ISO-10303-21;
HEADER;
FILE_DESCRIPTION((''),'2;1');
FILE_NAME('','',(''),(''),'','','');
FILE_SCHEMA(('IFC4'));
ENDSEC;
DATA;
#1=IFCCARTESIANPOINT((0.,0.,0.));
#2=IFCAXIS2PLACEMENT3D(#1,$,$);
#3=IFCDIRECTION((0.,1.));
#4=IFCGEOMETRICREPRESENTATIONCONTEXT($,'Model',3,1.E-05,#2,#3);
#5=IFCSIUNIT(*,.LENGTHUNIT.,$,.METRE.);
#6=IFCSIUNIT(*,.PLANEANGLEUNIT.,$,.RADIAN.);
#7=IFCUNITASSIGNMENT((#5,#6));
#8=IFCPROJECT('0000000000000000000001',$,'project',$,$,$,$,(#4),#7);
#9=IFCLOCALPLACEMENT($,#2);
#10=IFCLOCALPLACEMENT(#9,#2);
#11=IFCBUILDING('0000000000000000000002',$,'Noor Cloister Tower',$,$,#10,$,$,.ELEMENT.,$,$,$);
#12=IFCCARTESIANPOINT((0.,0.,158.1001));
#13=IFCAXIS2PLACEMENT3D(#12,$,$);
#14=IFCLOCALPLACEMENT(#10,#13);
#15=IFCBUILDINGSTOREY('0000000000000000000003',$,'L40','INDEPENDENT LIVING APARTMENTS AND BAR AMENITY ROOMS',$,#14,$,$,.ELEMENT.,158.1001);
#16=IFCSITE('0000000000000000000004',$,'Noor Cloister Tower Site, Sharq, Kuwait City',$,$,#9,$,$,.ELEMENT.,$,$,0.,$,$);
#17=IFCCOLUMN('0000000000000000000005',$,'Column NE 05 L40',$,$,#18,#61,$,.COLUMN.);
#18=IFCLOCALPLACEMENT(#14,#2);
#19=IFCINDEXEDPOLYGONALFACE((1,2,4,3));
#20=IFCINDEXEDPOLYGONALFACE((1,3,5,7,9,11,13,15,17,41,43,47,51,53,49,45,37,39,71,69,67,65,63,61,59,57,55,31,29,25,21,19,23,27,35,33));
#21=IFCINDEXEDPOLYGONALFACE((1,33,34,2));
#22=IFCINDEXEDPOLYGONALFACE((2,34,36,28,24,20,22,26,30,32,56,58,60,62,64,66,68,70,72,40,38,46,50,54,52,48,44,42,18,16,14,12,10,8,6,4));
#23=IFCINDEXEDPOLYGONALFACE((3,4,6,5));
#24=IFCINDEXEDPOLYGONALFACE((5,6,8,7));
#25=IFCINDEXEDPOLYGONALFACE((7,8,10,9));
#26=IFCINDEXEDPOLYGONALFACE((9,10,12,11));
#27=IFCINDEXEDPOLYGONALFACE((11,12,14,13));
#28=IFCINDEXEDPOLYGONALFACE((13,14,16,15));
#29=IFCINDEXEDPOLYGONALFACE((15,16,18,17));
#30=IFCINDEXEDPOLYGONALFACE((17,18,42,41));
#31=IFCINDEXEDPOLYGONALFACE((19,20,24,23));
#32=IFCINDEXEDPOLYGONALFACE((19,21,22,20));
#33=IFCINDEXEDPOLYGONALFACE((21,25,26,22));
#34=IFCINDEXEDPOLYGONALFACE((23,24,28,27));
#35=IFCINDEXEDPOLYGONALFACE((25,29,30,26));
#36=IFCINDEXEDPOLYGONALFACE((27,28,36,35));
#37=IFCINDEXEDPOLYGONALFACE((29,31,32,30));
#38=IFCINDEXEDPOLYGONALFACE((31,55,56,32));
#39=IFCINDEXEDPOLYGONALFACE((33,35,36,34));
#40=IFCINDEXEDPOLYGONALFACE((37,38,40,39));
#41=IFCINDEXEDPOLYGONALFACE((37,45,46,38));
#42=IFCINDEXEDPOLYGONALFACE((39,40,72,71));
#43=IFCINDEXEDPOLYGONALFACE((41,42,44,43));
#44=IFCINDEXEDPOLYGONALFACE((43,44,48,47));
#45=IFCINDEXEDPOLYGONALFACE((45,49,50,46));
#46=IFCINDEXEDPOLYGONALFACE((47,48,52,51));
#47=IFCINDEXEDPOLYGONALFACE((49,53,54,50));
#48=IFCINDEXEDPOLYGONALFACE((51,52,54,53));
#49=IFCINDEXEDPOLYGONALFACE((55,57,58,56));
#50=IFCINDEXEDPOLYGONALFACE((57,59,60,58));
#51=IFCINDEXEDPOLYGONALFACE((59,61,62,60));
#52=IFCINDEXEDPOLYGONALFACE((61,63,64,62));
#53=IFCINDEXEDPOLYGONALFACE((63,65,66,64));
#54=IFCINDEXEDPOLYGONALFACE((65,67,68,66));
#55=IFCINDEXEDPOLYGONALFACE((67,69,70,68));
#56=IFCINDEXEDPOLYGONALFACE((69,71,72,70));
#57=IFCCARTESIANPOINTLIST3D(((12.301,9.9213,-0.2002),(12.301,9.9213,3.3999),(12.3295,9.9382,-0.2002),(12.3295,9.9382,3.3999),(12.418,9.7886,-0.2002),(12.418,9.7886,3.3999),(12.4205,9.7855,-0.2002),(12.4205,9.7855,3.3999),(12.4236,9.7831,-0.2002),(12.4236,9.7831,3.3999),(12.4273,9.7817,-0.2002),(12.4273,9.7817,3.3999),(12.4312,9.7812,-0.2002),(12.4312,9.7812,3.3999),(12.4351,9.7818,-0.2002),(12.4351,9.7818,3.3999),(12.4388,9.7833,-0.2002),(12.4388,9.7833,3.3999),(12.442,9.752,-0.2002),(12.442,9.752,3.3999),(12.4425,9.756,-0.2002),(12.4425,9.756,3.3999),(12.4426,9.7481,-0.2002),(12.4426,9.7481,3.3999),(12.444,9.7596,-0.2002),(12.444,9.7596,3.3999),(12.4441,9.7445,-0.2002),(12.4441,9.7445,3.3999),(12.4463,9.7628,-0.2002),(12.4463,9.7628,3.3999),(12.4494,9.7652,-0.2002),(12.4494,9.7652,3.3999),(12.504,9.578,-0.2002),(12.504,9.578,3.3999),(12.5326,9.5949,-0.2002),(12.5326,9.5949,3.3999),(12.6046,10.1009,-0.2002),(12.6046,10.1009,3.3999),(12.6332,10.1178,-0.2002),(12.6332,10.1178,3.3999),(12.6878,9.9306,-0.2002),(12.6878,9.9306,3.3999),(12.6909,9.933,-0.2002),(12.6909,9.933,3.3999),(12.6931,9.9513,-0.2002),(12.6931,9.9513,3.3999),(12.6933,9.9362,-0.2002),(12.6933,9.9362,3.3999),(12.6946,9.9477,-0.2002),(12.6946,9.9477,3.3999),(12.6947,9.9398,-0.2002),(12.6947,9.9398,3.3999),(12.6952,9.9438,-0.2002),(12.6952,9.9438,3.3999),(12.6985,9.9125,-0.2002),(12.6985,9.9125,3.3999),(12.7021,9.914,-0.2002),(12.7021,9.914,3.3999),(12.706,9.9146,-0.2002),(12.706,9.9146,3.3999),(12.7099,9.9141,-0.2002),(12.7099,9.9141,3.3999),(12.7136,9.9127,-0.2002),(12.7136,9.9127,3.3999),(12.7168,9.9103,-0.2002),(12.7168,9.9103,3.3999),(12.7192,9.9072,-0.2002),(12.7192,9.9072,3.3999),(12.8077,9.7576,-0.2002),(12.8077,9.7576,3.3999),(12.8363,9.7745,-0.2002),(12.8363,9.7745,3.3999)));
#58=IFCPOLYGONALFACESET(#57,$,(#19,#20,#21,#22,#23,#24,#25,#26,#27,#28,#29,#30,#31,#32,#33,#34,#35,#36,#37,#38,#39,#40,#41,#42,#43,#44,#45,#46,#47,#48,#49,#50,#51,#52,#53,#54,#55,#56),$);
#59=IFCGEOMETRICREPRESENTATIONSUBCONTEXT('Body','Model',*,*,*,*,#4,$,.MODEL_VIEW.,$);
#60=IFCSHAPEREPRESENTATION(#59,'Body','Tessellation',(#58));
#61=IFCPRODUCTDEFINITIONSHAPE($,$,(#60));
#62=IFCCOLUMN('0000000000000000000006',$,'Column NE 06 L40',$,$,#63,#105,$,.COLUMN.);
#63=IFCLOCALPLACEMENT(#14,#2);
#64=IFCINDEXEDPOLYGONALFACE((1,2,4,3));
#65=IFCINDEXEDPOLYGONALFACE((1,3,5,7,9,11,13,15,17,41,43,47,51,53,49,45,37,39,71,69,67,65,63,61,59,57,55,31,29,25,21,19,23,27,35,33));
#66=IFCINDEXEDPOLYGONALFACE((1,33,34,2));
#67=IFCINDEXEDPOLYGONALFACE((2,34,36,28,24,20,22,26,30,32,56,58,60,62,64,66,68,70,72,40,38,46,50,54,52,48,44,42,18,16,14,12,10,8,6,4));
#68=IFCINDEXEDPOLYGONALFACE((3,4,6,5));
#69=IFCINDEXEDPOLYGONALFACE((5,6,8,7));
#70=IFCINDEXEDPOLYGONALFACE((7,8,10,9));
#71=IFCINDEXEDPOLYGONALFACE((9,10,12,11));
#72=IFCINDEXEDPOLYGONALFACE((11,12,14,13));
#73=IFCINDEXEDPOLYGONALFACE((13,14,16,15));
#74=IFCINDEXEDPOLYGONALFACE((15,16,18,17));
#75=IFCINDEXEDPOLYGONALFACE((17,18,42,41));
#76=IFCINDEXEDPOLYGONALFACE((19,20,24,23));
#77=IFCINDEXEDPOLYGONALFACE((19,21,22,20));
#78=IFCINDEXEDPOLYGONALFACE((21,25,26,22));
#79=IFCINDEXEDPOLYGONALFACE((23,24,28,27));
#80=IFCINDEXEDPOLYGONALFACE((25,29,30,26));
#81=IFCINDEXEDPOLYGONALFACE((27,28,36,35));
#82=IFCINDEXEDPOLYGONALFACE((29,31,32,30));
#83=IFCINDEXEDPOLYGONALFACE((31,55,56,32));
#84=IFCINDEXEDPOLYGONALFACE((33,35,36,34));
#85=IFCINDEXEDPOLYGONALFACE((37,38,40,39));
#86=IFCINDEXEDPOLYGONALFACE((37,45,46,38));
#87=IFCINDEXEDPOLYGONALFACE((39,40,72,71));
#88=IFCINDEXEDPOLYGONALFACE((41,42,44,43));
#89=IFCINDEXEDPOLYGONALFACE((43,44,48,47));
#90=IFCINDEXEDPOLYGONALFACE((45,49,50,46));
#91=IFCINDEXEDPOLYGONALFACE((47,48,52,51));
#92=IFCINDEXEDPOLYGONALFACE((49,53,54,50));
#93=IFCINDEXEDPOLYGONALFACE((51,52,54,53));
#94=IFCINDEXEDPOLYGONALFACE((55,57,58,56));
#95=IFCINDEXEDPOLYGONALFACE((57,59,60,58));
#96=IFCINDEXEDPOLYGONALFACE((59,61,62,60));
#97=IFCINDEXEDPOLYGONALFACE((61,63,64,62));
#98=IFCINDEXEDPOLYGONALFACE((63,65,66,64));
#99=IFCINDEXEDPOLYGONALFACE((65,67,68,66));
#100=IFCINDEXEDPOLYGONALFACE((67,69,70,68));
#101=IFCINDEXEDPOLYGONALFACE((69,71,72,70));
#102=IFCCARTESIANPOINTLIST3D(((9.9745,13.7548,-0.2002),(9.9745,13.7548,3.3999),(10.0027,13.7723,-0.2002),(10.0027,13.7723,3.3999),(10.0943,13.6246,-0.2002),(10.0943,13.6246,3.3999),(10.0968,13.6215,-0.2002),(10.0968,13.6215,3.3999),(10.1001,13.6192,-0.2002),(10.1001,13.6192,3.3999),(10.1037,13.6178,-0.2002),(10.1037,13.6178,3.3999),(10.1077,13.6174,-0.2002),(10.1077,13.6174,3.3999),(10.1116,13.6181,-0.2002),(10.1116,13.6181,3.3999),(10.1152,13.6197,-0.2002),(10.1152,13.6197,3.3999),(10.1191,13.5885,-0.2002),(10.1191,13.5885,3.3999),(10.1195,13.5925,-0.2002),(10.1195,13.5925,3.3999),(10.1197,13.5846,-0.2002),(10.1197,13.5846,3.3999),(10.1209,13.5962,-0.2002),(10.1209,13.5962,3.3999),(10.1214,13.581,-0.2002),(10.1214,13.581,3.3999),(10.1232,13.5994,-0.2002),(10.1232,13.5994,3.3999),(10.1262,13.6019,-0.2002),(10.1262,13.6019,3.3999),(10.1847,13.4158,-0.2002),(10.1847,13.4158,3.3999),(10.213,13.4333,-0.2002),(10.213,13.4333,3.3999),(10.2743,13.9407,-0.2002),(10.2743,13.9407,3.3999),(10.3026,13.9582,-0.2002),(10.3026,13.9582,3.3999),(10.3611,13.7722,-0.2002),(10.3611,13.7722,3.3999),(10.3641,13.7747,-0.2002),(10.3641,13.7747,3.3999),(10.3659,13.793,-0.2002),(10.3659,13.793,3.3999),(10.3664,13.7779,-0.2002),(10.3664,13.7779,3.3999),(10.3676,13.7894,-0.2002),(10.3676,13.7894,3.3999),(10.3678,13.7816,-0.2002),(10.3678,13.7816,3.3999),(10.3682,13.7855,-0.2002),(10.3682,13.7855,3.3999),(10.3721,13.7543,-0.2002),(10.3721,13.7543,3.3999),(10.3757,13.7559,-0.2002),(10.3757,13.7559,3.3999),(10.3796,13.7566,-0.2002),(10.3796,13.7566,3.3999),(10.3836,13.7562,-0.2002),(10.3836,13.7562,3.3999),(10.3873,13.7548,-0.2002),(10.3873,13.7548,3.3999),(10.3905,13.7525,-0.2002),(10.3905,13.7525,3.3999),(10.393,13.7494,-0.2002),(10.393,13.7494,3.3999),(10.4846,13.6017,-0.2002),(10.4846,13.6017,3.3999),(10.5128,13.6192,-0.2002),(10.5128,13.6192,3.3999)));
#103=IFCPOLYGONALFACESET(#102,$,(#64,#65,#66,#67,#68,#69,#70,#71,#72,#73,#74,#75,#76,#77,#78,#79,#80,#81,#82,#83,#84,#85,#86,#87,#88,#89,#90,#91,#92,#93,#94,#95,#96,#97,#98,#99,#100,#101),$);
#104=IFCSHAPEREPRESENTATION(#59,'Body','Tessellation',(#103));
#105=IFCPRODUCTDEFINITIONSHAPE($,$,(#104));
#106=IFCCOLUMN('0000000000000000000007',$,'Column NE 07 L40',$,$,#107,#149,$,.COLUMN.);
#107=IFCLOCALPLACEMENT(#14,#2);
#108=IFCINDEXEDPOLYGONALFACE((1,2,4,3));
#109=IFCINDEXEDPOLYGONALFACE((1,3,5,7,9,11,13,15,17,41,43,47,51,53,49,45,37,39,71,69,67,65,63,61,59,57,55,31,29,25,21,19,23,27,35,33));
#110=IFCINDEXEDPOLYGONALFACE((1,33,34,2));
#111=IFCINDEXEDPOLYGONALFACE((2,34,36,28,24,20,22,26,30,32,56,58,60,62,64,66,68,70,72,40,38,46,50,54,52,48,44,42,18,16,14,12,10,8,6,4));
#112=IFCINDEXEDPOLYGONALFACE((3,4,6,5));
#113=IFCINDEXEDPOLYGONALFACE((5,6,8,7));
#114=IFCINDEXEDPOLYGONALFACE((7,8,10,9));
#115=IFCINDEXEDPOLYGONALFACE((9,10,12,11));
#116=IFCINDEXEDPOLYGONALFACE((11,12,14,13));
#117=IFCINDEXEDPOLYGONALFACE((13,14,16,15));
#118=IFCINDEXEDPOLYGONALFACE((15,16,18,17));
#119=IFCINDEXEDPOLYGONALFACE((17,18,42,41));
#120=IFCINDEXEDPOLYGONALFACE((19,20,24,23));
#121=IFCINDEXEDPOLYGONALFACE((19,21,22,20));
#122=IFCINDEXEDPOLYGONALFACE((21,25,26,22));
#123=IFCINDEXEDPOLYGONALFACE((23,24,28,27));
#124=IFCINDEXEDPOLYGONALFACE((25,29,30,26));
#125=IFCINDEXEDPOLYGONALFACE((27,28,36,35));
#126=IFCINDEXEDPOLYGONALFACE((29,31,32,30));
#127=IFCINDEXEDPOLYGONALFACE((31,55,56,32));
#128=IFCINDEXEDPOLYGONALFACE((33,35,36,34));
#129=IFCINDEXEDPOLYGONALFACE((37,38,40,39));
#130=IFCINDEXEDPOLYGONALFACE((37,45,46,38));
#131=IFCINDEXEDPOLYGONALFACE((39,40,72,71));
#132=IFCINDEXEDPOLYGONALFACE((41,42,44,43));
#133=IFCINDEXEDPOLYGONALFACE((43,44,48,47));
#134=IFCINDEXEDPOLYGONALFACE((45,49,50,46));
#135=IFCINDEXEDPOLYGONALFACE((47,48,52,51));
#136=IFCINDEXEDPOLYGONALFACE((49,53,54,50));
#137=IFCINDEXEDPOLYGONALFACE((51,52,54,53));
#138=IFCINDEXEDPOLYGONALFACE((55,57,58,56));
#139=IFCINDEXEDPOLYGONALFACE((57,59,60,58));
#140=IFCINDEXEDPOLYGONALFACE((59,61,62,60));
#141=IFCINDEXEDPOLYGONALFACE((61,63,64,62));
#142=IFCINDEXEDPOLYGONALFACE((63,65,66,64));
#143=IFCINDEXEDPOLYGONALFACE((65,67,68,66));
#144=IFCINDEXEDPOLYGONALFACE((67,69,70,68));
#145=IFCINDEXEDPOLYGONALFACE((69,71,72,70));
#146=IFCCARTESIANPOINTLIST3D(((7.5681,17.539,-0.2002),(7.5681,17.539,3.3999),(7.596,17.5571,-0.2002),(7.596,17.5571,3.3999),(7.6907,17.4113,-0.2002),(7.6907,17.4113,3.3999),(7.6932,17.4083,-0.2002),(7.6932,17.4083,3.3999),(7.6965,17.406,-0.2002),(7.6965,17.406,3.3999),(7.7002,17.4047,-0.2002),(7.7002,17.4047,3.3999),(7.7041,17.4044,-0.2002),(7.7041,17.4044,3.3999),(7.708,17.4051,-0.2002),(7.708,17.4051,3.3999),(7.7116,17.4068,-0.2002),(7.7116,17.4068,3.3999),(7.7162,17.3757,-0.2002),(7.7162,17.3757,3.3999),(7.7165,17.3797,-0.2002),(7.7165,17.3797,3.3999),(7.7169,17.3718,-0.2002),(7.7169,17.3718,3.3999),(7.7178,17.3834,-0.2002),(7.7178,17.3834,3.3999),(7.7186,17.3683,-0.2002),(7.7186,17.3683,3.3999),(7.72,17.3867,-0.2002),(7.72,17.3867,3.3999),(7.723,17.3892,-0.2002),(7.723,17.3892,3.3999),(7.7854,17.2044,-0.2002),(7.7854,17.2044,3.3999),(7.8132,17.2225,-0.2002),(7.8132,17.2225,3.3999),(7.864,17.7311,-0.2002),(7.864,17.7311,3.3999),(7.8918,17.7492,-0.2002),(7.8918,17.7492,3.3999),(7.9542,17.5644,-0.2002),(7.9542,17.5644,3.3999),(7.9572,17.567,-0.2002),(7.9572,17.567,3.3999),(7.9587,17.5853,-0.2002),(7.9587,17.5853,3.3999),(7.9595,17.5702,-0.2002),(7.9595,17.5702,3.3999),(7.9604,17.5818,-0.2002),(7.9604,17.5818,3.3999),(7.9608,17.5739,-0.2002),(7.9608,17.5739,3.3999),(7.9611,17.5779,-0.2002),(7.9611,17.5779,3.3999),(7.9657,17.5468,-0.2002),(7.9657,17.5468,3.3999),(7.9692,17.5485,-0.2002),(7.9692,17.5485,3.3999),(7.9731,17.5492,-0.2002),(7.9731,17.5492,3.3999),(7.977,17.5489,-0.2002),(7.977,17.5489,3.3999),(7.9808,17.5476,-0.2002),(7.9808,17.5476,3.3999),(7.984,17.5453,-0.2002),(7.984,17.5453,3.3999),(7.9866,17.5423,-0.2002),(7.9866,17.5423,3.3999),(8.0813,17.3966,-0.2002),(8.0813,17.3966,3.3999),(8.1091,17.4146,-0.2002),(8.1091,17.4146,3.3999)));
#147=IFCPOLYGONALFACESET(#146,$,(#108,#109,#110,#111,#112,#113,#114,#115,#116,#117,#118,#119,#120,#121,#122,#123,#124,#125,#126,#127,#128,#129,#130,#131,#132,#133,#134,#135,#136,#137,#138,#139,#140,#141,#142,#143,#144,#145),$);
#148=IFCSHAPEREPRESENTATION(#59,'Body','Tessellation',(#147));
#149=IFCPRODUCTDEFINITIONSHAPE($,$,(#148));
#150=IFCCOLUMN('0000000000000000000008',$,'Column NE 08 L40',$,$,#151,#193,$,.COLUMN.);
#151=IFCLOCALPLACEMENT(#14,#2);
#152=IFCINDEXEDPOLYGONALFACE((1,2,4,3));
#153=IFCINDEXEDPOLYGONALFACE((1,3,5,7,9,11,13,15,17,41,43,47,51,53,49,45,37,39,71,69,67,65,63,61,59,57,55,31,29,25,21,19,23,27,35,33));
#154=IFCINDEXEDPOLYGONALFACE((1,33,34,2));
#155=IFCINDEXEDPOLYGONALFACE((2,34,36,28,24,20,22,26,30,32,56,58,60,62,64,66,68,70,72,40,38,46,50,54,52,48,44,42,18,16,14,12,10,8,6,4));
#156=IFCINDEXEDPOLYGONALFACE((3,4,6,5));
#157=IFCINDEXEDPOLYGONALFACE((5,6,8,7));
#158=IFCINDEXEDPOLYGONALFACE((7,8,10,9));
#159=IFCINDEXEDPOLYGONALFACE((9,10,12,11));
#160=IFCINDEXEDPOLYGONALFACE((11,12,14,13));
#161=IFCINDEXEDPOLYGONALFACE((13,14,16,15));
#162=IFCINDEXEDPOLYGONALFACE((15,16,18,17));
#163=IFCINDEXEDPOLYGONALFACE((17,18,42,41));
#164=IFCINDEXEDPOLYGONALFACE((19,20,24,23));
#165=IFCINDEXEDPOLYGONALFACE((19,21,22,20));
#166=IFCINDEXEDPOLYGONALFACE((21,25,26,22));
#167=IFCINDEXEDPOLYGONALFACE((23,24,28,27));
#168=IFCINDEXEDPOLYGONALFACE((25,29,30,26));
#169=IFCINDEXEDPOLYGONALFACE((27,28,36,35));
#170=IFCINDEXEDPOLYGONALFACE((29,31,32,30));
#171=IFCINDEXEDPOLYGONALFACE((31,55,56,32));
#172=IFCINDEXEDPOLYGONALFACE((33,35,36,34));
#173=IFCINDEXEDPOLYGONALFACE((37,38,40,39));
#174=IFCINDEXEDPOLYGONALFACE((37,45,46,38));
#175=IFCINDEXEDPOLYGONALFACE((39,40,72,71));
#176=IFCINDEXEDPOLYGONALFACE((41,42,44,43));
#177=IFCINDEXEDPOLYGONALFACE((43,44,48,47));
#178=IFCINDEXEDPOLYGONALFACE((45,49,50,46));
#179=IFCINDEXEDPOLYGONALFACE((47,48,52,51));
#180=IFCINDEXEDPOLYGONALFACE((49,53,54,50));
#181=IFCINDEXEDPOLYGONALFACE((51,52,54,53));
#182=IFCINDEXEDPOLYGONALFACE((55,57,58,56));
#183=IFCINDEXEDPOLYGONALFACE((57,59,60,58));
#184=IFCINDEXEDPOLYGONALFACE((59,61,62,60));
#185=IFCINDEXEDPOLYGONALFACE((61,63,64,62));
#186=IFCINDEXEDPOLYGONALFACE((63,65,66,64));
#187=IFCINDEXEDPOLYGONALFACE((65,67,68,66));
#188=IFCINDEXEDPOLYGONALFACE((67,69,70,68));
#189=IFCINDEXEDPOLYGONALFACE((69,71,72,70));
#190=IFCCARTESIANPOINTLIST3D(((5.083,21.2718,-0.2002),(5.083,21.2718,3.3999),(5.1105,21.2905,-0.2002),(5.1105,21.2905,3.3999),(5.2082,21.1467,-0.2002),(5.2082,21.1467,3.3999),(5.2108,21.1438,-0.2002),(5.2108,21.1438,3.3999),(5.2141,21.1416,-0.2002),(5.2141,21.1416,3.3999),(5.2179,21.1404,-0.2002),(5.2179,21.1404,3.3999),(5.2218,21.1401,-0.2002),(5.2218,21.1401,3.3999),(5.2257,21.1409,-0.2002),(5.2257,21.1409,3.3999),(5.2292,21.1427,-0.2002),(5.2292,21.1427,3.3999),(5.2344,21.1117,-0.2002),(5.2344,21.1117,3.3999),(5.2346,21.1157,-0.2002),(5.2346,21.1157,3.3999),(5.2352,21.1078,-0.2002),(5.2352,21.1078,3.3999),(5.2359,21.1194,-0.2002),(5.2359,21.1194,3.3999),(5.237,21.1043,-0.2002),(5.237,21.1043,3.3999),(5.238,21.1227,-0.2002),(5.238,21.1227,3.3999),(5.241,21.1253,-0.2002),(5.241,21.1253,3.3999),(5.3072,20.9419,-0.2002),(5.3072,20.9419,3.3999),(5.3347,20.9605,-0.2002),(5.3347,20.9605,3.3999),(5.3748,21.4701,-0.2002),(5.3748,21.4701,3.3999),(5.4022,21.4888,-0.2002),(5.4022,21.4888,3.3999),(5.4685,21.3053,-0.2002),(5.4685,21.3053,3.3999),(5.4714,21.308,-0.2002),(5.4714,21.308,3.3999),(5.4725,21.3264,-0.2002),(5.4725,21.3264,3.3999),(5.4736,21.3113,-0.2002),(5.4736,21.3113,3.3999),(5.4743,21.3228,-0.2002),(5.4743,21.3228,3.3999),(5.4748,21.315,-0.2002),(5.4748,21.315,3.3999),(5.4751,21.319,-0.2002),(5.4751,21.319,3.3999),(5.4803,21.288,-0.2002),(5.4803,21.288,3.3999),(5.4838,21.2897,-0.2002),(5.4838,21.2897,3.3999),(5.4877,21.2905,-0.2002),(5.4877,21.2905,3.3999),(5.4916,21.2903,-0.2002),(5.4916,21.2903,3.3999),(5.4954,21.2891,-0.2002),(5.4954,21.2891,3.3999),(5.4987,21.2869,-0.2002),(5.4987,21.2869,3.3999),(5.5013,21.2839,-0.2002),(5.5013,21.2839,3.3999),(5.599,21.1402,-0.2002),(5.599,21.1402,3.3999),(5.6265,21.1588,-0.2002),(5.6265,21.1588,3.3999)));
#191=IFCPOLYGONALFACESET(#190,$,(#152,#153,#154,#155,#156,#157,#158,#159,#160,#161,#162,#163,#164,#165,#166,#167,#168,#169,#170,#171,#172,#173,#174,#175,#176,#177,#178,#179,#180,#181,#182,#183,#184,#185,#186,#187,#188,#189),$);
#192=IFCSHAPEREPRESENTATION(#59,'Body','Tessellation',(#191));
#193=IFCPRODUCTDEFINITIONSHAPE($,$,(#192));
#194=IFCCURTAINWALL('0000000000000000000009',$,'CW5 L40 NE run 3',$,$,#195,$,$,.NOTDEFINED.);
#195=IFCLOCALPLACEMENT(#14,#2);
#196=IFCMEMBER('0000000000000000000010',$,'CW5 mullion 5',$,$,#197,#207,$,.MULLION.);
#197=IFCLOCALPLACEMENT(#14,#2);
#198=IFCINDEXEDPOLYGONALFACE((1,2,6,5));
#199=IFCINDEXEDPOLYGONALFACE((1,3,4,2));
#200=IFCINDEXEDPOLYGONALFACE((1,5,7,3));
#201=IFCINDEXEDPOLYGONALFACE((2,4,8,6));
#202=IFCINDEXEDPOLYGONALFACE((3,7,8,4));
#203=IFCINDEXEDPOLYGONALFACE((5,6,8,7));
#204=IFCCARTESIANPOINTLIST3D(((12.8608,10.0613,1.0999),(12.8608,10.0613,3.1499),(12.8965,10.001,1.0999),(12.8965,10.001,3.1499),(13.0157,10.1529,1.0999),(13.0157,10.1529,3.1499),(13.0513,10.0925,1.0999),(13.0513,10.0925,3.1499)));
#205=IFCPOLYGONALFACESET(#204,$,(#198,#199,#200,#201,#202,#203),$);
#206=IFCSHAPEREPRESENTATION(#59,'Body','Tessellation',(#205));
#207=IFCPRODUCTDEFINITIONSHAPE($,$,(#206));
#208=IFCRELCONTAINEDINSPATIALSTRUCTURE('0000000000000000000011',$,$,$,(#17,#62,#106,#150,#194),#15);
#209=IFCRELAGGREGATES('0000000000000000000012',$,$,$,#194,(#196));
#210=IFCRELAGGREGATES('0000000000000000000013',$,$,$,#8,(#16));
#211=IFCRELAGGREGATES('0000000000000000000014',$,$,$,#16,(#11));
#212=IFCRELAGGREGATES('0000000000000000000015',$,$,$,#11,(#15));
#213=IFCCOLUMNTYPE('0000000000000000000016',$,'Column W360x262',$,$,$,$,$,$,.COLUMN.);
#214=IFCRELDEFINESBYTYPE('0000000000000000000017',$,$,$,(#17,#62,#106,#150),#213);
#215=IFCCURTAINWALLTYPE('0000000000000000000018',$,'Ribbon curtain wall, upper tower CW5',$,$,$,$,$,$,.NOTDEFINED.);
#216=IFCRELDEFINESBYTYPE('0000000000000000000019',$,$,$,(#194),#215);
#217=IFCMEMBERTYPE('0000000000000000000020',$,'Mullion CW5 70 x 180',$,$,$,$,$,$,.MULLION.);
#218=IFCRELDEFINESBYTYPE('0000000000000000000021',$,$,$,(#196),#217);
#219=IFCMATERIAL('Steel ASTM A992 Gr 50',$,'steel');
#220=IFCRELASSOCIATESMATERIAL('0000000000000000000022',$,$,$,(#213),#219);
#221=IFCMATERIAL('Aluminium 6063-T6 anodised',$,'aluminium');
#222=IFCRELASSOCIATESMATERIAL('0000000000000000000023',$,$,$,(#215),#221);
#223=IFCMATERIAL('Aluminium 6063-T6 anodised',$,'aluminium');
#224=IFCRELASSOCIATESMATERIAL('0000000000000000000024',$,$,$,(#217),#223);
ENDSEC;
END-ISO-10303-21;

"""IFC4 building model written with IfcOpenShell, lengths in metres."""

from ifc_helpers import new_model, si_unit, direction, frame, origin, origin_2d, place, context, subcontext, project, spatial, rectangle, i_section, extrude, material, material_profile, profile_set, type_object, element, aggregate, save


model = new_model("IFC4")

# Units and contexts
model_context = context("Model", 3, precision=1e-05, world=origin(), true_north=direction((0.0, 1.0)))
body_context = subcontext(model_context, "Body", "Model", "MODEL_VIEW")
ifc_project = project(units=[si_unit("LENGTHUNIT", "METRE"), si_unit("PLANEANGLEUNIT", "RADIAN")], contexts=[model_context])

# Site, building, storey
site_placement = place(None, origin())
site = spatial("IfcSite", under=ifc_project, at=site_placement, Name="Noor Cloister Tower Site, Sharq, Kuwait City", CompositionType="ELEMENT", RefElevation=0.0)
building_placement = place(site_placement, origin())
building = spatial("IfcBuilding", under=site, at=building_placement, Name="Noor Cloister Tower", CompositionType="ELEMENT")
storey_placement = place(building_placement, frame((0.0, 0.0, 158.1001)))
storey = spatial("IfcBuildingStorey", under=building, at=storey_placement, Name="L40", Description="INDEPENDENT LIVING APARTMENTS AND BAR AMENITY ROOMS", CompositionType="ELEMENT", Elevation=158.1001)

# Columns
ifc_material_1 = material(Name="Steel ASTM A992 Gr 50", Category="steel")
ifc_material_profile_1 = material_profile(ifc_material_1, i_section(OverallWidth=0.3989, OverallDepth=0.386, WebThickness=0.021, FlangeThickness=0.0332, FilletRadius=0.0151, at=origin_2d()), Name="W360x262")
ifc_profile_set_1 = profile_set([ifc_material_profile_1], Name="Steel ASTM A992 Gr 50")
column_type = type_object("IfcColumnType", Name="Column W360x262", PredefinedType="COLUMN", material=ifc_profile_set_1)
for number, where, z_axis, x_axis, name in (
    (1, (12.5686, 9.8479, -0.2002), (0.0, 0.0, 1.0), (-0.509042, 0.860741, 0.0), "Column NE 05 L40"),
    (2, (10.2437, 13.687, -0.2002), (0.0, 0.0, 1.0), (-0.526959, 0.849891, 0.0), "Column NE 06 L40"),
    (3, (7.8386, 17.4768, -0.2002), (0.0, 0.0, 1.0), (-0.544644, 0.838667, 0.0), "Column NE 07 L40"),
    (4, (5.3547, 21.2153, -0.2002), (0.0, 0.0, 1.0), (-0.56209, 0.827076, 0.0), "Column NE 08 L40"),
):
    element("IfcColumn", number, at=place(storey_placement, frame(where, z_axis=z_axis, x_axis=x_axis)), inside=storey, type_object=column_type, Name=name, PredefinedType="COLUMN", context=body_context, shape_type="SweptSolid", body=[
        extrude(i_section(OverallWidth=0.3989, OverallDepth=0.386, WebThickness=0.021, FlangeThickness=0.0332, FilletRadius=0.0151, at=origin_2d()), origin(), (0.0, 0.0, 1.0), 3.6001),
    ])

# Curtain wall, member
ifc_material_2 = material(Name="Aluminium 6063-T6 anodised", Category="aluminium")
curtain_wall_type = type_object("IfcCurtainWallType", Name="Ribbon curtain wall, upper tower CW5", PredefinedType="NOTDEFINED", material=ifc_material_2)
curtain_wall_placement = place(storey_placement, origin())
curtain_wall = element("IfcCurtainWall", 5, at=curtain_wall_placement, inside=storey, type_object=curtain_wall_type, Name="CW5 L40 NE run 3", PredefinedType="NOTDEFINED")
ifc_material_3 = material(Name="Aluminium 6063-T6 anodised", Category="aluminium")
ifc_material_profile_2 = material_profile(ifc_material_3, rectangle(XDim=0.1799, YDim=0.0701, at=origin_2d()), Name="180 x 70 mullion")
ifc_profile_set_2 = profile_set([ifc_material_profile_2], Name="Aluminium 6063-T6 anodised")
member_type = type_object("IfcMemberType", Name="Mullion CW5 70 x 180", PredefinedType="MULLION", material=ifc_profile_set_2)
member_1_placement = place(storey_placement, frame((12.9561, 10.0769, 1.0999), z_axis=(0.0, 0.0, 1.0), x_axis=(-0.860741, -0.509042, 0.0)))
member_1 = element("IfcMember", 6, at=member_1_placement, type_object=member_type, Name="CW5 mullion 5", PredefinedType="MULLION", context=body_context, shape_type="SweptSolid", body=[
    extrude(rectangle(XDim=0.1799, YDim=0.0701, at=origin_2d()), origin(), (0.0, 0.0, 1.0), 2.05),
])

aggregate(curtain_wall, [member_1])

save(model, "model.ifc")
